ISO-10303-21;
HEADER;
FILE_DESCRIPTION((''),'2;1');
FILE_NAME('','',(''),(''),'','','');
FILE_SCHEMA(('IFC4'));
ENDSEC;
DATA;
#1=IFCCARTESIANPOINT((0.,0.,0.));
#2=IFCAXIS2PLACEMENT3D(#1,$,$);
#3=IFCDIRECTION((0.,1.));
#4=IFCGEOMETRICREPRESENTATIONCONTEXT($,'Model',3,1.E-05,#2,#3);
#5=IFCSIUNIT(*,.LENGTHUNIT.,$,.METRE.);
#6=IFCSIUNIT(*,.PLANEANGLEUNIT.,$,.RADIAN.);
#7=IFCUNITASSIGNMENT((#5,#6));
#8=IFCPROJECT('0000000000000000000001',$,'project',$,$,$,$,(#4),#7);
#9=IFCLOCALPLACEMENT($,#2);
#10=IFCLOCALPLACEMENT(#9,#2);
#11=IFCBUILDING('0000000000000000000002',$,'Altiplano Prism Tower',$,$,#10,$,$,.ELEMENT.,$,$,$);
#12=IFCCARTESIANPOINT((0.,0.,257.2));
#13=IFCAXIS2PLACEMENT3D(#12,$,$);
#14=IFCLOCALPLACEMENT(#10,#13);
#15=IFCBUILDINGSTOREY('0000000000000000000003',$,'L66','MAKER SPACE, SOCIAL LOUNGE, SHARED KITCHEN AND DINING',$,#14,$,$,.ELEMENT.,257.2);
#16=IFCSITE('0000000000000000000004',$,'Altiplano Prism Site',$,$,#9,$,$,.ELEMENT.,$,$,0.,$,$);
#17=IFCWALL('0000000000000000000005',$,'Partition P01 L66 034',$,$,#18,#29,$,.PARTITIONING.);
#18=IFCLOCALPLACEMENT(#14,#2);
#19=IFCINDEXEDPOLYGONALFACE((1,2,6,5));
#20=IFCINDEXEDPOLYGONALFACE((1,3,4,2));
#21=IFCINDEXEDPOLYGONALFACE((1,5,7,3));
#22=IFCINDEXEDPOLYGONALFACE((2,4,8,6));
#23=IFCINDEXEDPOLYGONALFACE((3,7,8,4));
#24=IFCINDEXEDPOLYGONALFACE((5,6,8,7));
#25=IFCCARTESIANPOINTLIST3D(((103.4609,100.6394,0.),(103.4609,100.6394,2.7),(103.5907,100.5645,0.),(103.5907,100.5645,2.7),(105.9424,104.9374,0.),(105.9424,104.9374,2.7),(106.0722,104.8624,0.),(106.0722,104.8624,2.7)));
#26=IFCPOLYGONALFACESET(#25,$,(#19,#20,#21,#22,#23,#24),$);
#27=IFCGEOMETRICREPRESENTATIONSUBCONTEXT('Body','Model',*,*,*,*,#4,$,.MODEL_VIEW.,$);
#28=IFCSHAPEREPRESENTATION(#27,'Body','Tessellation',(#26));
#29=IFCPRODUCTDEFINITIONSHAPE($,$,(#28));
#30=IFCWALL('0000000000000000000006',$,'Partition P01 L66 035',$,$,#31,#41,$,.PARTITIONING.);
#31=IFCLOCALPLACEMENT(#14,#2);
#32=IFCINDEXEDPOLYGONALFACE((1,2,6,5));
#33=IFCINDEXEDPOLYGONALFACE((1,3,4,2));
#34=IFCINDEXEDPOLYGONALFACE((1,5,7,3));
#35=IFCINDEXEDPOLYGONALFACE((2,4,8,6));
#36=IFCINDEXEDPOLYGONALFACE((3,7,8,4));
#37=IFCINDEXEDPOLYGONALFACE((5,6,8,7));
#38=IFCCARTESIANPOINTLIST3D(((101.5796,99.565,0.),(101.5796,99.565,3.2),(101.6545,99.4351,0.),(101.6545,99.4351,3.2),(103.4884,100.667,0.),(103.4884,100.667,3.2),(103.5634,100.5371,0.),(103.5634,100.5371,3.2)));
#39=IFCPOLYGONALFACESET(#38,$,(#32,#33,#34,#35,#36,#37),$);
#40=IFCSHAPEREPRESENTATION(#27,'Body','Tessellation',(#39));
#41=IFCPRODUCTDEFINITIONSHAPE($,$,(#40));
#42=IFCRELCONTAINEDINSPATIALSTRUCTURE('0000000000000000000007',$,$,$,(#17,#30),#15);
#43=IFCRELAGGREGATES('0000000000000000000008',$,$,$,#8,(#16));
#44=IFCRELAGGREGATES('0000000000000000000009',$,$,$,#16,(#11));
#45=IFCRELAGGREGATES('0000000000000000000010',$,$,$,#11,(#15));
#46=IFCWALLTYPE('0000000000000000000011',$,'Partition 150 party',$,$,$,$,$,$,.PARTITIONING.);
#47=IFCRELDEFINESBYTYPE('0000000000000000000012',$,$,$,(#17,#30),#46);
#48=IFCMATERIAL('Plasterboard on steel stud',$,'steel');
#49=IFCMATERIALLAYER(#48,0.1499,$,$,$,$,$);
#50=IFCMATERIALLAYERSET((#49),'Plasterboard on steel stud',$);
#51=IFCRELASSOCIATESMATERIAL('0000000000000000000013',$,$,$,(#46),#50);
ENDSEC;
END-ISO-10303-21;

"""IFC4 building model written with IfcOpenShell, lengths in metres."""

from ifc_helpers import new_model, si_unit, direction, frame, frame_2d, origin, place, context, subcontext, project, spatial, rectangle, extrude, material, layer, layer_set, type_object, element, save


model = new_model("IFC4")

# Units and contexts
model_context = context("Model", 3, precision=1e-05, world=origin(), true_north=direction((0.0, 1.0)))
body_context = subcontext(model_context, "Body", "Model", "MODEL_VIEW")
ifc_project = project(units=[si_unit("LENGTHUNIT", "METRE"), si_unit("PLANEANGLEUNIT", "RADIAN")], contexts=[model_context])

# Site, building, storey
site_placement = place(None, origin())
site = spatial("IfcSite", under=ifc_project, at=site_placement, Name="Altiplano Prism Site", CompositionType="ELEMENT", RefElevation=0.0)
building_placement = place(site_placement, origin())
building = spatial("IfcBuilding", under=site, at=building_placement, Name="Altiplano Prism Tower", CompositionType="ELEMENT")
storey_placement = place(building_placement, frame((0.0, 0.0, 257.2)))
storey = spatial("IfcBuildingStorey", under=building, at=storey_placement, Name="L66", Description="MAKER SPACE, SOCIAL LOUNGE, SHARED KITCHEN AND DINING", CompositionType="ELEMENT", Elevation=257.2)

# Shared definitions
ifc_material_1 = material(Name="Plasterboard on steel stud", Category="steel")

# Walls
ifc_layer_1 = layer(ifc_material_1, 0.1499)
ifc_layer_set_1 = layer_set([ifc_layer_1], Name="Plasterboard on steel stud")
wall_type_1 = type_object("IfcWallType", Name="Partition 150 party", PredefinedType="PARTITIONING", material=ifc_layer_set_1)
wall_1_placement = place(storey_placement, frame((106.0073, 104.8999, 0.0), z_axis=(0.0, 0.0, 1.0), x_axis=(-0.500012, -0.866018, 0.0)))
element("IfcWall", 1, at=wall_1_placement, inside=storey, type_object=wall_type_1, Name="Partition P01 L66 034", PredefinedType="PARTITIONING", context=body_context, shape_type="SweptSolid", body=[
    extrude(rectangle(XDim=4.9629, YDim=0.1499, at=frame_2d((2.4814, 0.0))), origin(), (0.0, 0.0, 1.0), 2.7),
])
wall_2_placement = place(storey_placement, frame((103.5259, 100.6021, 0.0), z_axis=(0.0, 0.0, 1.0), x_axis=(-0.86604, -0.499975, 0.0)))
element("IfcWall", 2, at=wall_2_placement, inside=storey, type_object=wall_type_1, Name="Partition P01 L66 035", PredefinedType="PARTITIONING", context=body_context, shape_type="SweptSolid", body=[
    extrude(rectangle(XDim=2.2041, YDim=0.1499, at=frame_2d((1.1021, 0.0))), origin(), (0.0, 0.0, 1.0), 3.2),
])

save(model, "model.ifc")
